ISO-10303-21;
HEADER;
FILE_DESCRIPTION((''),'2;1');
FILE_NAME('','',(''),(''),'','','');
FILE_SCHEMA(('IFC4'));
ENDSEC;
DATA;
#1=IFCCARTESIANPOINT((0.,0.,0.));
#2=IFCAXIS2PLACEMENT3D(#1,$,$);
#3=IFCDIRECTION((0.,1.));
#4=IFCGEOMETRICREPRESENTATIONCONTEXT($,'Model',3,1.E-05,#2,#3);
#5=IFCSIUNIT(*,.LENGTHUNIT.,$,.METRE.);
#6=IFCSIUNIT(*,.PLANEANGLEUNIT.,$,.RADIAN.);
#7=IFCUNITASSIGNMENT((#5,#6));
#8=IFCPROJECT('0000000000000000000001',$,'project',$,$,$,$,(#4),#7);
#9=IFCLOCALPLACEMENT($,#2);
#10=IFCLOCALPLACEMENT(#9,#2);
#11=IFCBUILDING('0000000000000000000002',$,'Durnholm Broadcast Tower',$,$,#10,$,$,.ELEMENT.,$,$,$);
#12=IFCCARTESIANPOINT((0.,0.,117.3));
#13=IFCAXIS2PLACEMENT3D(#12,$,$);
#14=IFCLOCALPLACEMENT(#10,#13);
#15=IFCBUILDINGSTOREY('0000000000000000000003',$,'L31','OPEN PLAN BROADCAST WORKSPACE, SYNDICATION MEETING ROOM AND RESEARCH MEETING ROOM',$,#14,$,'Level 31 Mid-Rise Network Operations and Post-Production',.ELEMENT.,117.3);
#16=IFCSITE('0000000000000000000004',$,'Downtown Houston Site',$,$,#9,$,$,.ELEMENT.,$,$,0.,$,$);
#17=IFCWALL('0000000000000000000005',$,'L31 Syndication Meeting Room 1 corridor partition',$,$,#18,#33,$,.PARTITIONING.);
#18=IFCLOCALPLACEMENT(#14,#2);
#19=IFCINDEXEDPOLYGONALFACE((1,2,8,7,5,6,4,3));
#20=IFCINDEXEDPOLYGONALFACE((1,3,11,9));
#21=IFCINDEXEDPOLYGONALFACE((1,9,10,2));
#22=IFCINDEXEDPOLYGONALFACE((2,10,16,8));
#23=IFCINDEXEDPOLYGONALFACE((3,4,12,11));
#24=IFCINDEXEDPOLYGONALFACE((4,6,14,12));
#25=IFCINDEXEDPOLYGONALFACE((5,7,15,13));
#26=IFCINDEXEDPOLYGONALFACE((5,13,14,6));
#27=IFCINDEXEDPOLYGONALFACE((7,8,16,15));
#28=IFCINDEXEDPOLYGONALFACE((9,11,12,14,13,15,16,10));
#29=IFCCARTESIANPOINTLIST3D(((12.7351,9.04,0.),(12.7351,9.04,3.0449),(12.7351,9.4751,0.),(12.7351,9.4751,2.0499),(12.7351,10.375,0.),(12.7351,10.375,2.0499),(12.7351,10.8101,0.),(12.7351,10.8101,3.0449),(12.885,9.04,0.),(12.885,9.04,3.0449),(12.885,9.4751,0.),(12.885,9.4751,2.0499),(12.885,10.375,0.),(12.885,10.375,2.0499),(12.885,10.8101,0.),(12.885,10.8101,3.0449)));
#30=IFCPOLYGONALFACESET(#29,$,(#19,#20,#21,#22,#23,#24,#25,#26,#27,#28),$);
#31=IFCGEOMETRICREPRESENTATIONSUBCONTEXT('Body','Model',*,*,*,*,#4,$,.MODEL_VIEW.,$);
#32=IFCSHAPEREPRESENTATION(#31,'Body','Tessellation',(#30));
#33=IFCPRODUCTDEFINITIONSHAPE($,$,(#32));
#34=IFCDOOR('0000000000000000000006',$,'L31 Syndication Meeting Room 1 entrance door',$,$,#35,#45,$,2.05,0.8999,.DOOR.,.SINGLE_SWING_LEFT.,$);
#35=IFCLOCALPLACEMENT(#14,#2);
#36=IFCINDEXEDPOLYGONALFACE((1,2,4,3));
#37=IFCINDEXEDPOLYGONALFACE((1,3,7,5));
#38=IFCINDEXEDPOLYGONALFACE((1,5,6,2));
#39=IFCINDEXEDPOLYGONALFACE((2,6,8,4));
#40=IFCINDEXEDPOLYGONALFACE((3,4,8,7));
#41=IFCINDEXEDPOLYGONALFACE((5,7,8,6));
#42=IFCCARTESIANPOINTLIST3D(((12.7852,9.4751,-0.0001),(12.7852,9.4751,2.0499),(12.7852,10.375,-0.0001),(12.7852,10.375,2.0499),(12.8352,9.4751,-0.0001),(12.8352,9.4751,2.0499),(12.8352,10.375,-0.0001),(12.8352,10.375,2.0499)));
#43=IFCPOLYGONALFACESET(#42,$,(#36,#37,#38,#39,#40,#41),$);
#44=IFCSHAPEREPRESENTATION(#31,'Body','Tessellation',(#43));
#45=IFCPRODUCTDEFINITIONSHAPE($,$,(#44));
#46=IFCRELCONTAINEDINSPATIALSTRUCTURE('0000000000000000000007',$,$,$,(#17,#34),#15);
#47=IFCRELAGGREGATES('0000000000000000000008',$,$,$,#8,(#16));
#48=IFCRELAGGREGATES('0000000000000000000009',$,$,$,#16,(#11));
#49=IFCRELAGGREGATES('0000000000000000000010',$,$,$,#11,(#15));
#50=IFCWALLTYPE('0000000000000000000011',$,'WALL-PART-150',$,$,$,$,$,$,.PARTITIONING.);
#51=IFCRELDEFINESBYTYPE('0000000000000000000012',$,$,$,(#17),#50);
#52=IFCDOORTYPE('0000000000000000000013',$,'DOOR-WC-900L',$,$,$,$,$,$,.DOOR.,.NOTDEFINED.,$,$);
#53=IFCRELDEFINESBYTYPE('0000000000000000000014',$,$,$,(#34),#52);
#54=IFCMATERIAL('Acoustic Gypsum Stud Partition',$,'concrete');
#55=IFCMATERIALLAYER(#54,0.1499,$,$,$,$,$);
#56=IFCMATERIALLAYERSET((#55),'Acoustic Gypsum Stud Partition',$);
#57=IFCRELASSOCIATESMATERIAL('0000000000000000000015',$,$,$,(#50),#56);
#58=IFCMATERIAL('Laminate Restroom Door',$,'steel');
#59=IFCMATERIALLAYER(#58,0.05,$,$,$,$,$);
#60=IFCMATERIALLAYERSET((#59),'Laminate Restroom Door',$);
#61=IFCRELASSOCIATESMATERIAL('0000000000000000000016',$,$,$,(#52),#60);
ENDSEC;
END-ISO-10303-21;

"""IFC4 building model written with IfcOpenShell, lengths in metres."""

from ifc_helpers import new_model, si_unit, direction, frame, frame_2d, origin, place, context, subcontext, project, spatial, rectangle, extrude, source, transform, mapped, material, layer, layer_set, type_object, type_shapes, element, fill, save


model = new_model("IFC4")

# Units and contexts
model_context = context("Model", 3, precision=1e-05, world=origin(), true_north=direction((0.0, 1.0)))
body_context = subcontext(model_context, "Body", "Model", "MODEL_VIEW")
ifc_project = project(units=[si_unit("LENGTHUNIT", "METRE"), si_unit("PLANEANGLEUNIT", "RADIAN")], contexts=[model_context])

# Site, building, storey
site_placement = place(None, origin())
site = spatial("IfcSite", under=ifc_project, at=site_placement, Name="Downtown Houston Site", CompositionType="ELEMENT", RefElevation=0.0)
building_placement = place(site_placement, origin())
building = spatial("IfcBuilding", under=site, at=building_placement, Name="Durnholm Broadcast Tower", CompositionType="ELEMENT")
storey_placement = place(building_placement, frame((0.0, 0.0, 117.3)))
storey = spatial("IfcBuildingStorey", under=building, at=storey_placement, Name="L31", Description="OPEN PLAN BROADCAST WORKSPACE, SYNDICATION MEETING ROOM AND RESEARCH MEETING ROOM", LongName="Level 31 Mid-Rise Network Operations and Post-Production", CompositionType="ELEMENT", Elevation=117.3)

# Wall, opening, door
ifc_material_1 = material(Name="Acoustic Gypsum Stud Partition", Category="concrete")
ifc_layer_1 = layer(ifc_material_1, 0.1499)
ifc_layer_set_1 = layer_set([ifc_layer_1], Name="Acoustic Gypsum Stud Partition")
wall_type_1 = type_object("IfcWallType", Name="WALL-PART-150", PredefinedType="PARTITIONING", material=ifc_layer_set_1)
ifc_material_2 = material(Name="Laminate Restroom Door", Category="steel")
wall_1_placement = place(storey_placement, frame((12.8101, 9.04, 0.0), z_axis=(0.0, 0.0, 1.0), x_axis=(0.0, 1.0, 0.0)))
wall_1 = element("IfcWall", 1, at=wall_1_placement, inside=storey, type_object=wall_type_1, Name="L31 Syndication Meeting Room 1 corridor partition", PredefinedType="PARTITIONING", context=body_context, shape_type="SweptSolid", body=[
    extrude(rectangle(XDim=1.77, YDim=0.1499, at=frame_2d((0.885, 0.0))), origin(), (0.0, 0.0, 1.0), 3.0449),
])
opening_1_placement = place(wall_1_placement, frame((0.4351, 0.0, 0.0)))
opening_1 = element("IfcOpeningElement", 2, at=opening_1_placement, cuts=wall_1, PredefinedType="OPENING", context=body_context, shape_type="SweptSolid", body=[
    extrude(rectangle(XDim=0.8999, YDim=2.05, at=frame_2d((0.45, 1.0249))), frame((0.0, 0.085, 0.0), z_axis=(0.0, -1.0, 0.0), x_axis=(1.0, 0.0, 0.0)), (0.0, 0.0, 1.0), 0.1699),
])
ifc_layer_2 = layer(ifc_material_2, 0.05)
ifc_layer_set_2 = layer_set([ifc_layer_2], Name="Laminate Restroom Door")
door_type_1 = type_object("IfcDoorType", Name="DOOR-WC-900L", OperationType="NOTDEFINED", PredefinedType="DOOR", material=ifc_layer_set_2)
shared_shape_1 = source(origin(), body_context, "Body", "SweptSolid", [
    extrude(rectangle(XDim=0.8999, YDim=2.05, at=frame_2d((0.45, 1.0249))), frame((0.0, 0.0249, 0.0), z_axis=(0.0, -1.0, 0.0), x_axis=(1.0, 0.0, 0.0)), (0.0, 0.0, 1.0), 0.05),
])
type_shapes(door_type_1, [shared_shape_1])
door_1_placement = place(opening_1_placement, origin())
door_1 = element("IfcDoor", 3, at=door_1_placement, inside=storey, type_object=door_type_1, Name="L31 Syndication Meeting Room 1 entrance door", OperationType="SINGLE_SWING_LEFT", OverallHeight=2.05, OverallWidth=0.8999, PredefinedType="DOOR", context=body_context, shape_type="MappedRepresentation", body=[
    mapped(shared_shape_1, transform((0.0, 0.0, 0.0), x_axis=(1.0, 0.0, 0.0), y_axis=(0.0, 1.0, 0.0), z_axis=(0.0, 0.0, 1.0), scale=1.0)),
])
fill(opening_1, door_1)

save(model, "model.ifc")
